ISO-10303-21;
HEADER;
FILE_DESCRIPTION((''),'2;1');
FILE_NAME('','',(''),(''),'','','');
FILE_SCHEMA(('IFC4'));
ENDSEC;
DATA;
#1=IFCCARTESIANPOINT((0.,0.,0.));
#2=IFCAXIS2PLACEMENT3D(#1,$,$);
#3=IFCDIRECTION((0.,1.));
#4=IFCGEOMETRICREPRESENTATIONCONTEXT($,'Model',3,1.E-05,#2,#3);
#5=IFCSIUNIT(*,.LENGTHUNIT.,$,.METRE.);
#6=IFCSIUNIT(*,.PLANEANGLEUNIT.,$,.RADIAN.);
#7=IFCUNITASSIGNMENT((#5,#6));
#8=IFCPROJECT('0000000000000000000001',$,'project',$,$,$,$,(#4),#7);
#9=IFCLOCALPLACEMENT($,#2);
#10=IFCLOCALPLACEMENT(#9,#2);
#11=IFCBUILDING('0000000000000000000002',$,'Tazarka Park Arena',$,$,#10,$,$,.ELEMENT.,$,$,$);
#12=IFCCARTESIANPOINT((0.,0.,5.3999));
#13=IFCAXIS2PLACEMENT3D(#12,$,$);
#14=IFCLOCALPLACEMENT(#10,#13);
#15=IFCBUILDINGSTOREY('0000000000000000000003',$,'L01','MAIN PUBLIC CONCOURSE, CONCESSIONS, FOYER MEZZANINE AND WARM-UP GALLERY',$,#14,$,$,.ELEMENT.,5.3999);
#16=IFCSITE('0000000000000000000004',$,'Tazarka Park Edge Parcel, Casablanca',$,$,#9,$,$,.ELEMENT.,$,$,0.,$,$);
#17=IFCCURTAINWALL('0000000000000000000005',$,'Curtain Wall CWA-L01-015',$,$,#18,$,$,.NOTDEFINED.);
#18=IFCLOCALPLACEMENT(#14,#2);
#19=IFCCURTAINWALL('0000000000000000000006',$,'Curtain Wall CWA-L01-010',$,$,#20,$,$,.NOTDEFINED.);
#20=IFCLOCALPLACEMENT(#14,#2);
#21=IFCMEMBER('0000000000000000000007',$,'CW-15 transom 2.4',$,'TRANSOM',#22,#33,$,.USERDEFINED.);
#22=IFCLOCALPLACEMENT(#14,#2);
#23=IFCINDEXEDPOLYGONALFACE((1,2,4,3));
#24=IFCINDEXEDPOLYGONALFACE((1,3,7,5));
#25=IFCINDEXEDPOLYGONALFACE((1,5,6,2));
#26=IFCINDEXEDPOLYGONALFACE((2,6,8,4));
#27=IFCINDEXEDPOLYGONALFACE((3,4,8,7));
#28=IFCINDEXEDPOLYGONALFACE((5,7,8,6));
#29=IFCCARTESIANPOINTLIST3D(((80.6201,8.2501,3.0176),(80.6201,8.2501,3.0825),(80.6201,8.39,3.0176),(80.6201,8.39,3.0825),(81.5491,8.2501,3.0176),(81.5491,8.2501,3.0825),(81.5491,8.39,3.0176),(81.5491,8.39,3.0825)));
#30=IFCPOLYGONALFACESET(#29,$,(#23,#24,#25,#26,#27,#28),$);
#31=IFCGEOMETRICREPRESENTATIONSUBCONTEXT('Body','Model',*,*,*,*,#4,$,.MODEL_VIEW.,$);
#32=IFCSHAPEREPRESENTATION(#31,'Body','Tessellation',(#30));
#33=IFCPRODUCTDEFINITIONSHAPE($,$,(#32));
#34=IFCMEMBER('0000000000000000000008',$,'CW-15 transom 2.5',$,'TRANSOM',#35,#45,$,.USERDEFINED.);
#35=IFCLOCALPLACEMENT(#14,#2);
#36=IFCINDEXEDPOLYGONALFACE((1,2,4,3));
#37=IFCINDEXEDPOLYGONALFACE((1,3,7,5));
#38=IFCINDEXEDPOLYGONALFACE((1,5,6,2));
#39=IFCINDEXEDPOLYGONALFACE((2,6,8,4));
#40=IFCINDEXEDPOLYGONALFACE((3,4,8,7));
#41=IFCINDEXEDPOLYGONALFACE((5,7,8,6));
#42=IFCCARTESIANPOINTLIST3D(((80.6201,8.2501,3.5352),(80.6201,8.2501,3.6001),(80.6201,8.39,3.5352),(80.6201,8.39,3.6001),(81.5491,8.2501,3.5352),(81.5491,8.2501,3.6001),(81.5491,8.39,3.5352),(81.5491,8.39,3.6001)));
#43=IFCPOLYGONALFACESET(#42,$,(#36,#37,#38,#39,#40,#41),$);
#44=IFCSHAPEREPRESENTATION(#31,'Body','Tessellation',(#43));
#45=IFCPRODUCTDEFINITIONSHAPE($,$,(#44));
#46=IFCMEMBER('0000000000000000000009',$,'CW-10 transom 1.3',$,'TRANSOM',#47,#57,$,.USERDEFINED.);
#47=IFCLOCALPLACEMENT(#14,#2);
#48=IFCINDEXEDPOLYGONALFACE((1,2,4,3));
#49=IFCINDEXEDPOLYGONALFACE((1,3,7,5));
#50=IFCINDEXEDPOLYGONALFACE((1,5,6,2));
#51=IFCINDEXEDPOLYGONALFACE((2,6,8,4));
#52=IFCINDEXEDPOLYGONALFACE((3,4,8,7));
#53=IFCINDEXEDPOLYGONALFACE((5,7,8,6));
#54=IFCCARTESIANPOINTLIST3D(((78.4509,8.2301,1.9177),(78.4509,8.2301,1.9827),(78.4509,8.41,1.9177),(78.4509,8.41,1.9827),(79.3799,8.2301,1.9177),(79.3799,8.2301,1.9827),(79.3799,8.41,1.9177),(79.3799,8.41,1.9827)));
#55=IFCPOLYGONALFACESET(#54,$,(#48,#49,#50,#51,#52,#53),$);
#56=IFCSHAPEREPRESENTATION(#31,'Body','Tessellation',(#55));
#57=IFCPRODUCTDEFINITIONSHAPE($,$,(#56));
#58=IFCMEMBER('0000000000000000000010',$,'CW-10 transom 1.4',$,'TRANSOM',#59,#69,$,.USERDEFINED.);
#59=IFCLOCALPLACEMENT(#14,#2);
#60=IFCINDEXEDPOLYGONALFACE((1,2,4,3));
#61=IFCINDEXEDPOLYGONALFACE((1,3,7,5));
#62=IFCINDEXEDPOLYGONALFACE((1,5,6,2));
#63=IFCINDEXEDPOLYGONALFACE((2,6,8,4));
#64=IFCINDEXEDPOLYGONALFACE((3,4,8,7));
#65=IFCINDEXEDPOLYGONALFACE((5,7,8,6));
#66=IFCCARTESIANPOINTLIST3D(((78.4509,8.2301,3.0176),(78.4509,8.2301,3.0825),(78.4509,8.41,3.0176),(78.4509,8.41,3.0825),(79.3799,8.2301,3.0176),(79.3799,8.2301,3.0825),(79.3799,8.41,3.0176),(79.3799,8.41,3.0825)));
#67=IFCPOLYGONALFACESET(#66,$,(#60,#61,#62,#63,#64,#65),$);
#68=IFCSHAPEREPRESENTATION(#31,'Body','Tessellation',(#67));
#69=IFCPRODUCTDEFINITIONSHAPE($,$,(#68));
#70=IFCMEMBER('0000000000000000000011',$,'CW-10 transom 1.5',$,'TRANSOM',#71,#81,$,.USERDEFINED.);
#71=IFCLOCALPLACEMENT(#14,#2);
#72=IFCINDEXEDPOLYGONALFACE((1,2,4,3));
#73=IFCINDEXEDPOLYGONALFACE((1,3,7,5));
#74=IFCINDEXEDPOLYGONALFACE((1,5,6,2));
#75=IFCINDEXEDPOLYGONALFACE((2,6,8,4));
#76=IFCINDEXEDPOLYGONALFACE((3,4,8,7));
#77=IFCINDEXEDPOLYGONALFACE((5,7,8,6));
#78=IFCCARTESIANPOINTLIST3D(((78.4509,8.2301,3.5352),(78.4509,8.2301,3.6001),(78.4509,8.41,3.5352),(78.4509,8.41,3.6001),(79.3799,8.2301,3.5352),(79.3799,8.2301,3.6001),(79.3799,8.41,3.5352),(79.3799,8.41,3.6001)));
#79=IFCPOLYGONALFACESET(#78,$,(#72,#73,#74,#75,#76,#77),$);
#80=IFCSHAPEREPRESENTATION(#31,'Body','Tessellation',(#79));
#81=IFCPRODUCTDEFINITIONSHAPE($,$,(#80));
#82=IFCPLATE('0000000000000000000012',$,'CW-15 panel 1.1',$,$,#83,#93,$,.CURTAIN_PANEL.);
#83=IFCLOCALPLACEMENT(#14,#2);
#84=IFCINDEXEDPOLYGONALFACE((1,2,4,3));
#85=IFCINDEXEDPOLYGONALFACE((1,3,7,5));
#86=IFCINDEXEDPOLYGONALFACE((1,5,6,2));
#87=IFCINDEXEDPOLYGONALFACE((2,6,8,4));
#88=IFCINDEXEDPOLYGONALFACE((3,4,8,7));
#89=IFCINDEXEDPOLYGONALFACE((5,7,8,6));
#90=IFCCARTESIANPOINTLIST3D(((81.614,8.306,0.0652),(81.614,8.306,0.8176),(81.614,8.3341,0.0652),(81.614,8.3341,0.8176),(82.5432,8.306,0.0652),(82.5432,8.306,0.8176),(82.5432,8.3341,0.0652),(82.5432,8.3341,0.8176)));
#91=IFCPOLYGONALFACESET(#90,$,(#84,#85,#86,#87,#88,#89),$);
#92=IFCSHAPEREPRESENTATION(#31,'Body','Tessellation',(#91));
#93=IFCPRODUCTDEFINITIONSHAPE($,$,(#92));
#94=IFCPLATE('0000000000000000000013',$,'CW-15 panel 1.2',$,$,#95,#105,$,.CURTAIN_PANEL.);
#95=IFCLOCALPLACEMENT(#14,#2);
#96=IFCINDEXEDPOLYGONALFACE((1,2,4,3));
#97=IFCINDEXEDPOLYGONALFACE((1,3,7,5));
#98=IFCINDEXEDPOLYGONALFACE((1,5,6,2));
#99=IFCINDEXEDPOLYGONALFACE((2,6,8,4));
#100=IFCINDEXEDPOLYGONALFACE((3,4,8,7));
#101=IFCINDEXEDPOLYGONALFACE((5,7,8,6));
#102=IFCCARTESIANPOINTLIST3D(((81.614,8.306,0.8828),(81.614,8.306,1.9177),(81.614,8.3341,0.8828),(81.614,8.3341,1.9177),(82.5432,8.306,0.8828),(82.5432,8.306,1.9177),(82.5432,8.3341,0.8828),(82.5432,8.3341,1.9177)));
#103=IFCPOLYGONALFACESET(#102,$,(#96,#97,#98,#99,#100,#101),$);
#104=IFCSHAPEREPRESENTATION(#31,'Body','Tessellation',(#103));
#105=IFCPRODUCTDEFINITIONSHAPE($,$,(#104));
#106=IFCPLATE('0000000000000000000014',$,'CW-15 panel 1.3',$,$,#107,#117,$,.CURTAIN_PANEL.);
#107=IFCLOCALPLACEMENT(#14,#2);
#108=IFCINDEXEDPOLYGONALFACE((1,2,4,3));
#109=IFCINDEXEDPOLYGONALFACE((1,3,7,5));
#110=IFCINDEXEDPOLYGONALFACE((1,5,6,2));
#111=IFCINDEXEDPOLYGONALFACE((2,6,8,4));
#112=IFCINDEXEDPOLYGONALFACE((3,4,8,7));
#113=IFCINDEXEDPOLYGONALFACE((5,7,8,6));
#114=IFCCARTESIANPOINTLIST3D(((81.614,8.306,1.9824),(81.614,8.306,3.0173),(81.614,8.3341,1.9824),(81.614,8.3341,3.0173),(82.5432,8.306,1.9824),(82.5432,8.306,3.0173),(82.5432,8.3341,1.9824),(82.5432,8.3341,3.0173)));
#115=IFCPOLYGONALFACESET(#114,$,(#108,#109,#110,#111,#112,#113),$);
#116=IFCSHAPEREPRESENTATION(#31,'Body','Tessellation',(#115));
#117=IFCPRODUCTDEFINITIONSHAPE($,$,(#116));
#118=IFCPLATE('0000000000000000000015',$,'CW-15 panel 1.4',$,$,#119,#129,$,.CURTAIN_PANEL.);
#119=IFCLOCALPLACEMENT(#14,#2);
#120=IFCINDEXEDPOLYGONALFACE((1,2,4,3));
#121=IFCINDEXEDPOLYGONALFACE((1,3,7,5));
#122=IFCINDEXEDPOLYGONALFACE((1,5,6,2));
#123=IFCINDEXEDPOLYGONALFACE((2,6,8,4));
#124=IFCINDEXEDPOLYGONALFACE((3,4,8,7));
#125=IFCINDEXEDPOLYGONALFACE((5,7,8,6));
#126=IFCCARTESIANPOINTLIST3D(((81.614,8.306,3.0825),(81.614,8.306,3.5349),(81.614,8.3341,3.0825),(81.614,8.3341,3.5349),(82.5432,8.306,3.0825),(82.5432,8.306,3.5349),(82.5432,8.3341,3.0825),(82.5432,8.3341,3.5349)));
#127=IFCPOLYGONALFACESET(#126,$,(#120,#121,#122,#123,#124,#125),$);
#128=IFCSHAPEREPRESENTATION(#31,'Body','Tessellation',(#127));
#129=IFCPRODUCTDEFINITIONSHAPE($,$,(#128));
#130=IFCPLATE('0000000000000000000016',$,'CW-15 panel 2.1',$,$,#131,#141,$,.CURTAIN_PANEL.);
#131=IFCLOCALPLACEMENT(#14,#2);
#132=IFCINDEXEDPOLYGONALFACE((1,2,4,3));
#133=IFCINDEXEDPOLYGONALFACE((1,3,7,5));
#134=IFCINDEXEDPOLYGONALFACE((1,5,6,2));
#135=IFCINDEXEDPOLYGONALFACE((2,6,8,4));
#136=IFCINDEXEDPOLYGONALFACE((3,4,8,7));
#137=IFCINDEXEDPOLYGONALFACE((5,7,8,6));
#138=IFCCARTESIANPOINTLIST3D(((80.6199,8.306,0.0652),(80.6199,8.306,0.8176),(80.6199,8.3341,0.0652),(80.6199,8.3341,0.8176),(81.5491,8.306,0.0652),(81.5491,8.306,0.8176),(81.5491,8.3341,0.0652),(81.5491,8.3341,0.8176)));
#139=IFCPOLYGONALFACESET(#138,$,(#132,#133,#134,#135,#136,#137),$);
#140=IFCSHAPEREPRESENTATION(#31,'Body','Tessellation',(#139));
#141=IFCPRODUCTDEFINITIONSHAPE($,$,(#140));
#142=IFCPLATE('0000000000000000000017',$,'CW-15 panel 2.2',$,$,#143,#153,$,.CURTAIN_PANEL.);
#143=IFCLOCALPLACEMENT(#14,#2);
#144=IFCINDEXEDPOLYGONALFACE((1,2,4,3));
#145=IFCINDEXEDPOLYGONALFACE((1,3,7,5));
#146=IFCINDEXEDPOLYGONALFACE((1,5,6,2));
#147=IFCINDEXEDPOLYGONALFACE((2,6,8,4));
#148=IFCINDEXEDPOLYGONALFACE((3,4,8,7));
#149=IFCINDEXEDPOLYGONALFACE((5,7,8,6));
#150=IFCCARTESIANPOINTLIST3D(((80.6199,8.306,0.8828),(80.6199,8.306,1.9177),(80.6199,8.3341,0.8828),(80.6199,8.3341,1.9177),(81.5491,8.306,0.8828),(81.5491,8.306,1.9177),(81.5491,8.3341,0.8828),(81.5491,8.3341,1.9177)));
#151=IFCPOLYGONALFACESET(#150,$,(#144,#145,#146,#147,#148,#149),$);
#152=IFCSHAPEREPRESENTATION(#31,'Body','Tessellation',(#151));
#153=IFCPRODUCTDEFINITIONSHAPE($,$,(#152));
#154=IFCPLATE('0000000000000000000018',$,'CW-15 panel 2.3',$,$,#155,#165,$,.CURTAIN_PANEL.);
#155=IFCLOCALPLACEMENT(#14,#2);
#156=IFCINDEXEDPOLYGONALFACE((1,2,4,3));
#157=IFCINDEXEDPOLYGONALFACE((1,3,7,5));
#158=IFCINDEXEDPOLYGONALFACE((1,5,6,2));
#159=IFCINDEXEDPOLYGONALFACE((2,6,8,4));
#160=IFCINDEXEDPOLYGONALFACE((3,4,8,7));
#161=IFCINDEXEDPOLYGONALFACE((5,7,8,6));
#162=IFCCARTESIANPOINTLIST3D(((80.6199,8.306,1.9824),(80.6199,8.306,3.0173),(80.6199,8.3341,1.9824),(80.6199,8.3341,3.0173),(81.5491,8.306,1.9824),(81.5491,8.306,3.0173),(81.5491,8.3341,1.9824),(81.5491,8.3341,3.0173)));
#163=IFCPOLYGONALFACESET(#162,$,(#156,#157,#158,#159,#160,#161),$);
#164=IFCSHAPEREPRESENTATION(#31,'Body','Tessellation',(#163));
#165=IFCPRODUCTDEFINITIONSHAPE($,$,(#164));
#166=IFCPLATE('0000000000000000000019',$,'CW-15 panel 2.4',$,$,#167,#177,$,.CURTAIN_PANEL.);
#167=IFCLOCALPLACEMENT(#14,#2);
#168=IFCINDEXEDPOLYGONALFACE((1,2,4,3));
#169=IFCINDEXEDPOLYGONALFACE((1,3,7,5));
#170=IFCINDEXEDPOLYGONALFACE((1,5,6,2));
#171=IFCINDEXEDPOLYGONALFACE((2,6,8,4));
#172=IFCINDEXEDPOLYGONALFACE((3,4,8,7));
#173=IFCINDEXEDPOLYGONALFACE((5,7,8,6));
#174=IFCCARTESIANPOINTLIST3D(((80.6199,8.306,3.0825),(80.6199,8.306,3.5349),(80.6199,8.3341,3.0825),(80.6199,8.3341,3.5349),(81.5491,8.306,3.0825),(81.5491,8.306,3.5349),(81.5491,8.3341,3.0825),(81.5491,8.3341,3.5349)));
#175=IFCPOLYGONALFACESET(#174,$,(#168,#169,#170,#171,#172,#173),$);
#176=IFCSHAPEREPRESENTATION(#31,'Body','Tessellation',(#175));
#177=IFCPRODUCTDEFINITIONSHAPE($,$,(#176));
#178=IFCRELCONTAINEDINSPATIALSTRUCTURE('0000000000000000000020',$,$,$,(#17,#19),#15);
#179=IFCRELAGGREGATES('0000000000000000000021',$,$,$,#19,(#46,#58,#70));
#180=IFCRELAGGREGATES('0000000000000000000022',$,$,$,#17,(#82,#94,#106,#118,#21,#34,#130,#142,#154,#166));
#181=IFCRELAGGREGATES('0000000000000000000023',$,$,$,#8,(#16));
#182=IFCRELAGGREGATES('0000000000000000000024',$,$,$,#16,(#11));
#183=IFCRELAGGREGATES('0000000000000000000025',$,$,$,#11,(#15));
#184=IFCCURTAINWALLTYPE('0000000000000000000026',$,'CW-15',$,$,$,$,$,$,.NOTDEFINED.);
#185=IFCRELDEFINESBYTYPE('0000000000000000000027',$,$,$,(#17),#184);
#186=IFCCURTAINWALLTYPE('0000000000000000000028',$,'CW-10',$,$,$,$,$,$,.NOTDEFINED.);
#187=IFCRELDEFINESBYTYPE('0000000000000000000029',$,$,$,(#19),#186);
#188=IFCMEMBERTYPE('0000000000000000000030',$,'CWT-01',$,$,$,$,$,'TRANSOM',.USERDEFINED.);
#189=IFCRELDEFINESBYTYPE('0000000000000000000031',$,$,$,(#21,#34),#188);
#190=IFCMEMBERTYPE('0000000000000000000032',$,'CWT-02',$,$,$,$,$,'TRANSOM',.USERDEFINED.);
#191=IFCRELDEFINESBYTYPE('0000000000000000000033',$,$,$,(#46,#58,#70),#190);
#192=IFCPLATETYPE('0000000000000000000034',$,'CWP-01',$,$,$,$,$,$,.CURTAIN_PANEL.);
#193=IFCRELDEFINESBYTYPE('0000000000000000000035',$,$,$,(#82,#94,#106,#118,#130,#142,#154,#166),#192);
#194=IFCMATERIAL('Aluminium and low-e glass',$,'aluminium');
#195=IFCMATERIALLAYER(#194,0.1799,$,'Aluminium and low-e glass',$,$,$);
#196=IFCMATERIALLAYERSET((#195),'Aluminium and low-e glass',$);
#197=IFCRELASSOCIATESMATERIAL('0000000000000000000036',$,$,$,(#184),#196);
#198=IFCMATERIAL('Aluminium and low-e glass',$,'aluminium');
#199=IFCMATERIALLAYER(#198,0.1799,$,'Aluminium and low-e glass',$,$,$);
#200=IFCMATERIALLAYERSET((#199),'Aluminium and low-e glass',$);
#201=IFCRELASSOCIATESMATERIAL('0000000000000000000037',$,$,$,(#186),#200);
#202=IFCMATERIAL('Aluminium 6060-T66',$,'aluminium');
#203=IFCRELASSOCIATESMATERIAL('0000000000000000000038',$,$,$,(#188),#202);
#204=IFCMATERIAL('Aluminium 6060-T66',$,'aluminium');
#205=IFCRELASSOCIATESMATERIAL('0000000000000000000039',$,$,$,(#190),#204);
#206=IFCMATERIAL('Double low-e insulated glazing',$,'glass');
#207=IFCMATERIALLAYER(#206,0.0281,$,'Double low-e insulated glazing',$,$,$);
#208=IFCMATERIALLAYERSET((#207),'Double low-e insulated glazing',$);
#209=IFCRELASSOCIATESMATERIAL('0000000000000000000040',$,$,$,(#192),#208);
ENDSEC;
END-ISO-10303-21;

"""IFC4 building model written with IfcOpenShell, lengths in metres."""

from ifc_helpers import new_model, si_unit, direction, frame, origin, origin_2d, place, context, subcontext, project, spatial, rectangle, extrude, material, layer, layer_set, material_profile, profile_set, type_object, element, aggregate, save


model = new_model("IFC4")

# Units and contexts
model_context = context("Model", 3, precision=1e-05, world=origin(), true_north=direction((0.0, 1.0)))
body_context = subcontext(model_context, "Body", "Model", "MODEL_VIEW")
ifc_project = project(units=[si_unit("LENGTHUNIT", "METRE"), si_unit("PLANEANGLEUNIT", "RADIAN")], contexts=[model_context])

# Site, building, storey
site_placement = place(None, origin())
site = spatial("IfcSite", under=ifc_project, at=site_placement, Name="Tazarka Park Edge Parcel, Casablanca", CompositionType="ELEMENT", RefElevation=0.0)
building_placement = place(site_placement, origin())
building = spatial("IfcBuilding", under=site, at=building_placement, Name="Tazarka Park Arena", CompositionType="ELEMENT")
storey_placement = place(building_placement, frame((0.0, 0.0, 5.3999)))
storey = spatial("IfcBuildingStorey", under=building, at=storey_placement, Name="L01", Description="MAIN PUBLIC CONCOURSE, CONCESSIONS, FOYER MEZZANINE AND WARM-UP GALLERY", CompositionType="ELEMENT", Elevation=5.3999)

# Curtain wall
ifc_material_1 = material(Name="Aluminium and low-e glass", Category="aluminium")
ifc_layer_1 = layer(ifc_material_1, 0.1799, Name="Aluminium and low-e glass")
ifc_layer_set_1 = layer_set([ifc_layer_1], Name="Aluminium and low-e glass")
curtain_wall_type_1 = type_object("IfcCurtainWallType", Name="CW-15", PredefinedType="NOTDEFINED", material=ifc_layer_set_1)
curtain_wall_1_placement = place(storey_placement, origin())
curtain_wall_1 = element("IfcCurtainWall", 1, at=curtain_wall_1_placement, inside=storey, type_object=curtain_wall_type_1, Name="Curtain Wall CWA-L01-015", PredefinedType="NOTDEFINED")

# Curtain wall
ifc_material_2 = material(Name="Aluminium and low-e glass", Category="aluminium")
ifc_layer_2 = layer(ifc_material_2, 0.1799, Name="Aluminium and low-e glass")
ifc_layer_set_2 = layer_set([ifc_layer_2], Name="Aluminium and low-e glass")
curtain_wall_type_2 = type_object("IfcCurtainWallType", Name="CW-10", PredefinedType="NOTDEFINED", material=ifc_layer_set_2)
curtain_wall_2_placement = place(storey_placement, origin())
curtain_wall_2 = element("IfcCurtainWall", 2, at=curtain_wall_2_placement, inside=storey, type_object=curtain_wall_type_2, Name="Curtain Wall CWA-L01-010", PredefinedType="NOTDEFINED")

# Members
ifc_material_3 = material(Name="Aluminium 6060-T66", Category="aluminium")
ifc_material_profile_1 = material_profile(ifc_material_3, rectangle(XDim=0.1399, YDim=0.0649, at=origin_2d()), Name="Aluminium 6060-T66")
ifc_profile_set_1 = profile_set([ifc_material_profile_1], Name="Aluminium 6060-T66")
member_type_1 = type_object("IfcMemberType", Name="CWT-01", ElementType="TRANSOM", PredefinedType="USERDEFINED", material=ifc_profile_set_1)
member_1_placement = place(storey_placement, frame((81.5491, 8.3201, 3.05), z_axis=(-1.0, 0.0, 0.0), x_axis=(0.0, -1.0, 0.0)))
member_1 = element("IfcMember", 3, at=member_1_placement, type_object=member_type_1, Name="CW-15 transom 2.4", ObjectType="TRANSOM", PredefinedType="USERDEFINED", context=body_context, shape_type="SweptSolid", body=[
    extrude(rectangle(XDim=0.1399, YDim=0.0649, at=origin_2d()), origin(), (0.0, 0.0, 1.0), 0.929),
])
member_2_placement = place(storey_placement, frame((81.5491, 8.3201, 3.5676), z_axis=(-1.0, 0.0, 0.0), x_axis=(0.0, -1.0, 0.0)))
member_2 = element("IfcMember", 4, at=member_2_placement, type_object=member_type_1, Name="CW-15 transom 2.5", ObjectType="TRANSOM", PredefinedType="USERDEFINED", context=body_context, shape_type="SweptSolid", body=[
    extrude(rectangle(XDim=0.1399, YDim=0.0649, at=origin_2d()), origin(), (0.0, 0.0, 1.0), 0.929),
])
ifc_material_4 = material(Name="Aluminium 6060-T66", Category="aluminium")
ifc_material_profile_2 = material_profile(ifc_material_4, rectangle(XDim=0.1799, YDim=0.0649, at=origin_2d()), Name="Aluminium 6060-T66")
ifc_profile_set_2 = profile_set([ifc_material_profile_2], Name="Aluminium 6060-T66")
member_type_2 = type_object("IfcMemberType", Name="CWT-02", ElementType="TRANSOM", PredefinedType="USERDEFINED", material=ifc_profile_set_2)
member_3_placement = place(storey_placement, frame((79.3799, 8.3201, 1.9502), z_axis=(-1.0, 0.0, 0.0), x_axis=(0.0, -1.0, 0.0)))
member_3 = element("IfcMember", 5, at=member_3_placement, type_object=member_type_2, Name="CW-10 transom 1.3", ObjectType="TRANSOM", PredefinedType="USERDEFINED", context=body_context, shape_type="SweptSolid", body=[
    extrude(rectangle(XDim=0.1799, YDim=0.0649, at=origin_2d()), origin(), (0.0, 0.0, 1.0), 0.929),
])
member_4_placement = place(storey_placement, frame((79.3799, 8.3201, 3.05), z_axis=(-1.0, 0.0, 0.0), x_axis=(0.0, -1.0, 0.0)))
member_4 = element("IfcMember", 6, at=member_4_placement, type_object=member_type_2, Name="CW-10 transom 1.4", ObjectType="TRANSOM", PredefinedType="USERDEFINED", context=body_context, shape_type="SweptSolid", body=[
    extrude(rectangle(XDim=0.1799, YDim=0.0649, at=origin_2d()), origin(), (0.0, 0.0, 1.0), 0.929),
])
member_5_placement = place(storey_placement, frame((79.3799, 8.3201, 3.5676), z_axis=(-1.0, 0.0, 0.0), x_axis=(0.0, -1.0, 0.0)))
member_5 = element("IfcMember", 7, at=member_5_placement, type_object=member_type_2, Name="CW-10 transom 1.5", ObjectType="TRANSOM", PredefinedType="USERDEFINED", context=body_context, shape_type="SweptSolid", body=[
    extrude(rectangle(XDim=0.1799, YDim=0.0649, at=origin_2d()), origin(), (0.0, 0.0, 1.0), 0.929),
])
aggregate(curtain_wall_2, [member_3, member_4, member_5])

# Plates
ifc_material_5 = material(Name="Double low-e insulated glazing", Category="glass")
ifc_layer_3 = layer(ifc_material_5, 0.0281, Name="Double low-e insulated glazing")
ifc_layer_set_3 = layer_set([ifc_layer_3], Name="Double low-e insulated glazing")
plate_type = type_object("IfcPlateType", Name="CWP-01", PredefinedType="CURTAIN_PANEL", material=ifc_layer_set_3)
plate_1_placement = place(storey_placement, frame((82.0786, 8.3201, 0.0652), z_axis=(0.0, 0.0, 1.0), x_axis=(-1.0, 0.0, 0.0)))
plate_1 = element("IfcPlate", 8, at=plate_1_placement, type_object=plate_type, Name="CW-15 panel 1.1", PredefinedType="CURTAIN_PANEL", context=body_context, shape_type="SweptSolid", body=[
    extrude(rectangle(XDim=0.9292, YDim=0.0281, at=origin_2d()), origin(), (0.0, 0.0, 1.0), 0.7524),
])
plate_2_placement = place(storey_placement, frame((82.0786, 8.3201, 0.8828), z_axis=(0.0, 0.0, 1.0), x_axis=(-1.0, 0.0, 0.0)))
plate_2 = element("IfcPlate", 9, at=plate_2_placement, type_object=plate_type, Name="CW-15 panel 1.2", PredefinedType="CURTAIN_PANEL", context=body_context, shape_type="SweptSolid", body=[
    extrude(rectangle(XDim=0.9292, YDim=0.0281, at=origin_2d()), origin(), (0.0, 0.0, 1.0), 1.0349),
])
plate_3_placement = place(storey_placement, frame((82.0786, 8.3201, 1.9824), z_axis=(0.0, 0.0, 1.0), x_axis=(-1.0, 0.0, 0.0)))
plate_3 = element("IfcPlate", 10, at=plate_3_placement, type_object=plate_type, Name="CW-15 panel 1.3", PredefinedType="CURTAIN_PANEL", context=body_context, shape_type="SweptSolid", body=[
    extrude(rectangle(XDim=0.9292, YDim=0.0281, at=origin_2d()), origin(), (0.0, 0.0, 1.0), 1.0349),
])
plate_4_placement = place(storey_placement, frame((82.0786, 8.3201, 3.0825), z_axis=(0.0, 0.0, 1.0), x_axis=(-1.0, 0.0, 0.0)))
plate_4 = element("IfcPlate", 11, at=plate_4_placement, type_object=plate_type, Name="CW-15 panel 1.4", PredefinedType="CURTAIN_PANEL", context=body_context, shape_type="SweptSolid", body=[
    extrude(rectangle(XDim=0.9292, YDim=0.0281, at=origin_2d()), origin(), (0.0, 0.0, 1.0), 0.4524),
])
plate_5_placement = place(storey_placement, frame((81.0845, 8.3201, 0.0652), z_axis=(0.0, 0.0, 1.0), x_axis=(-1.0, 0.0, 0.0)))
plate_5 = element("IfcPlate", 12, at=plate_5_placement, type_object=plate_type, Name="CW-15 panel 2.1", PredefinedType="CURTAIN_PANEL", context=body_context, shape_type="SweptSolid", body=[
    extrude(rectangle(XDim=0.9292, YDim=0.0281, at=origin_2d()), origin(), (0.0, 0.0, 1.0), 0.7524),
])
plate_6_placement = place(storey_placement, frame((81.0845, 8.3201, 0.8828), z_axis=(0.0, 0.0, 1.0), x_axis=(-1.0, 0.0, 0.0)))
plate_6 = element("IfcPlate", 13, at=plate_6_placement, type_object=plate_type, Name="CW-15 panel 2.2", PredefinedType="CURTAIN_PANEL", context=body_context, shape_type="SweptSolid", body=[
    extrude(rectangle(XDim=0.9292, YDim=0.0281, at=origin_2d()), origin(), (0.0, 0.0, 1.0), 1.0349),
])
plate_7_placement = place(storey_placement, frame((81.0845, 8.3201, 1.9824), z_axis=(0.0, 0.0, 1.0), x_axis=(-1.0, 0.0, 0.0)))
plate_7 = element("IfcPlate", 14, at=plate_7_placement, type_object=plate_type, Name="CW-15 panel 2.3", PredefinedType="CURTAIN_PANEL", context=body_context, shape_type="SweptSolid", body=[
    extrude(rectangle(XDim=0.9292, YDim=0.0281, at=origin_2d()), origin(), (0.0, 0.0, 1.0), 1.0349),
])
plate_8_placement = place(storey_placement, frame((81.0845, 8.3201, 3.0825), z_axis=(0.0, 0.0, 1.0), x_axis=(-1.0, 0.0, 0.0)))
plate_8 = element("IfcPlate", 15, at=plate_8_placement, type_object=plate_type, Name="CW-15 panel 2.4", PredefinedType="CURTAIN_PANEL", context=body_context, shape_type="SweptSolid", body=[
    extrude(rectangle(XDim=0.9292, YDim=0.0281, at=origin_2d()), origin(), (0.0, 0.0, 1.0), 0.4524),
])
aggregate(curtain_wall_1, [plate_1, plate_2, plate_3, plate_4, member_1, member_2, plate_5, plate_6, plate_7, plate_8])

save(model, "model.ifc")
